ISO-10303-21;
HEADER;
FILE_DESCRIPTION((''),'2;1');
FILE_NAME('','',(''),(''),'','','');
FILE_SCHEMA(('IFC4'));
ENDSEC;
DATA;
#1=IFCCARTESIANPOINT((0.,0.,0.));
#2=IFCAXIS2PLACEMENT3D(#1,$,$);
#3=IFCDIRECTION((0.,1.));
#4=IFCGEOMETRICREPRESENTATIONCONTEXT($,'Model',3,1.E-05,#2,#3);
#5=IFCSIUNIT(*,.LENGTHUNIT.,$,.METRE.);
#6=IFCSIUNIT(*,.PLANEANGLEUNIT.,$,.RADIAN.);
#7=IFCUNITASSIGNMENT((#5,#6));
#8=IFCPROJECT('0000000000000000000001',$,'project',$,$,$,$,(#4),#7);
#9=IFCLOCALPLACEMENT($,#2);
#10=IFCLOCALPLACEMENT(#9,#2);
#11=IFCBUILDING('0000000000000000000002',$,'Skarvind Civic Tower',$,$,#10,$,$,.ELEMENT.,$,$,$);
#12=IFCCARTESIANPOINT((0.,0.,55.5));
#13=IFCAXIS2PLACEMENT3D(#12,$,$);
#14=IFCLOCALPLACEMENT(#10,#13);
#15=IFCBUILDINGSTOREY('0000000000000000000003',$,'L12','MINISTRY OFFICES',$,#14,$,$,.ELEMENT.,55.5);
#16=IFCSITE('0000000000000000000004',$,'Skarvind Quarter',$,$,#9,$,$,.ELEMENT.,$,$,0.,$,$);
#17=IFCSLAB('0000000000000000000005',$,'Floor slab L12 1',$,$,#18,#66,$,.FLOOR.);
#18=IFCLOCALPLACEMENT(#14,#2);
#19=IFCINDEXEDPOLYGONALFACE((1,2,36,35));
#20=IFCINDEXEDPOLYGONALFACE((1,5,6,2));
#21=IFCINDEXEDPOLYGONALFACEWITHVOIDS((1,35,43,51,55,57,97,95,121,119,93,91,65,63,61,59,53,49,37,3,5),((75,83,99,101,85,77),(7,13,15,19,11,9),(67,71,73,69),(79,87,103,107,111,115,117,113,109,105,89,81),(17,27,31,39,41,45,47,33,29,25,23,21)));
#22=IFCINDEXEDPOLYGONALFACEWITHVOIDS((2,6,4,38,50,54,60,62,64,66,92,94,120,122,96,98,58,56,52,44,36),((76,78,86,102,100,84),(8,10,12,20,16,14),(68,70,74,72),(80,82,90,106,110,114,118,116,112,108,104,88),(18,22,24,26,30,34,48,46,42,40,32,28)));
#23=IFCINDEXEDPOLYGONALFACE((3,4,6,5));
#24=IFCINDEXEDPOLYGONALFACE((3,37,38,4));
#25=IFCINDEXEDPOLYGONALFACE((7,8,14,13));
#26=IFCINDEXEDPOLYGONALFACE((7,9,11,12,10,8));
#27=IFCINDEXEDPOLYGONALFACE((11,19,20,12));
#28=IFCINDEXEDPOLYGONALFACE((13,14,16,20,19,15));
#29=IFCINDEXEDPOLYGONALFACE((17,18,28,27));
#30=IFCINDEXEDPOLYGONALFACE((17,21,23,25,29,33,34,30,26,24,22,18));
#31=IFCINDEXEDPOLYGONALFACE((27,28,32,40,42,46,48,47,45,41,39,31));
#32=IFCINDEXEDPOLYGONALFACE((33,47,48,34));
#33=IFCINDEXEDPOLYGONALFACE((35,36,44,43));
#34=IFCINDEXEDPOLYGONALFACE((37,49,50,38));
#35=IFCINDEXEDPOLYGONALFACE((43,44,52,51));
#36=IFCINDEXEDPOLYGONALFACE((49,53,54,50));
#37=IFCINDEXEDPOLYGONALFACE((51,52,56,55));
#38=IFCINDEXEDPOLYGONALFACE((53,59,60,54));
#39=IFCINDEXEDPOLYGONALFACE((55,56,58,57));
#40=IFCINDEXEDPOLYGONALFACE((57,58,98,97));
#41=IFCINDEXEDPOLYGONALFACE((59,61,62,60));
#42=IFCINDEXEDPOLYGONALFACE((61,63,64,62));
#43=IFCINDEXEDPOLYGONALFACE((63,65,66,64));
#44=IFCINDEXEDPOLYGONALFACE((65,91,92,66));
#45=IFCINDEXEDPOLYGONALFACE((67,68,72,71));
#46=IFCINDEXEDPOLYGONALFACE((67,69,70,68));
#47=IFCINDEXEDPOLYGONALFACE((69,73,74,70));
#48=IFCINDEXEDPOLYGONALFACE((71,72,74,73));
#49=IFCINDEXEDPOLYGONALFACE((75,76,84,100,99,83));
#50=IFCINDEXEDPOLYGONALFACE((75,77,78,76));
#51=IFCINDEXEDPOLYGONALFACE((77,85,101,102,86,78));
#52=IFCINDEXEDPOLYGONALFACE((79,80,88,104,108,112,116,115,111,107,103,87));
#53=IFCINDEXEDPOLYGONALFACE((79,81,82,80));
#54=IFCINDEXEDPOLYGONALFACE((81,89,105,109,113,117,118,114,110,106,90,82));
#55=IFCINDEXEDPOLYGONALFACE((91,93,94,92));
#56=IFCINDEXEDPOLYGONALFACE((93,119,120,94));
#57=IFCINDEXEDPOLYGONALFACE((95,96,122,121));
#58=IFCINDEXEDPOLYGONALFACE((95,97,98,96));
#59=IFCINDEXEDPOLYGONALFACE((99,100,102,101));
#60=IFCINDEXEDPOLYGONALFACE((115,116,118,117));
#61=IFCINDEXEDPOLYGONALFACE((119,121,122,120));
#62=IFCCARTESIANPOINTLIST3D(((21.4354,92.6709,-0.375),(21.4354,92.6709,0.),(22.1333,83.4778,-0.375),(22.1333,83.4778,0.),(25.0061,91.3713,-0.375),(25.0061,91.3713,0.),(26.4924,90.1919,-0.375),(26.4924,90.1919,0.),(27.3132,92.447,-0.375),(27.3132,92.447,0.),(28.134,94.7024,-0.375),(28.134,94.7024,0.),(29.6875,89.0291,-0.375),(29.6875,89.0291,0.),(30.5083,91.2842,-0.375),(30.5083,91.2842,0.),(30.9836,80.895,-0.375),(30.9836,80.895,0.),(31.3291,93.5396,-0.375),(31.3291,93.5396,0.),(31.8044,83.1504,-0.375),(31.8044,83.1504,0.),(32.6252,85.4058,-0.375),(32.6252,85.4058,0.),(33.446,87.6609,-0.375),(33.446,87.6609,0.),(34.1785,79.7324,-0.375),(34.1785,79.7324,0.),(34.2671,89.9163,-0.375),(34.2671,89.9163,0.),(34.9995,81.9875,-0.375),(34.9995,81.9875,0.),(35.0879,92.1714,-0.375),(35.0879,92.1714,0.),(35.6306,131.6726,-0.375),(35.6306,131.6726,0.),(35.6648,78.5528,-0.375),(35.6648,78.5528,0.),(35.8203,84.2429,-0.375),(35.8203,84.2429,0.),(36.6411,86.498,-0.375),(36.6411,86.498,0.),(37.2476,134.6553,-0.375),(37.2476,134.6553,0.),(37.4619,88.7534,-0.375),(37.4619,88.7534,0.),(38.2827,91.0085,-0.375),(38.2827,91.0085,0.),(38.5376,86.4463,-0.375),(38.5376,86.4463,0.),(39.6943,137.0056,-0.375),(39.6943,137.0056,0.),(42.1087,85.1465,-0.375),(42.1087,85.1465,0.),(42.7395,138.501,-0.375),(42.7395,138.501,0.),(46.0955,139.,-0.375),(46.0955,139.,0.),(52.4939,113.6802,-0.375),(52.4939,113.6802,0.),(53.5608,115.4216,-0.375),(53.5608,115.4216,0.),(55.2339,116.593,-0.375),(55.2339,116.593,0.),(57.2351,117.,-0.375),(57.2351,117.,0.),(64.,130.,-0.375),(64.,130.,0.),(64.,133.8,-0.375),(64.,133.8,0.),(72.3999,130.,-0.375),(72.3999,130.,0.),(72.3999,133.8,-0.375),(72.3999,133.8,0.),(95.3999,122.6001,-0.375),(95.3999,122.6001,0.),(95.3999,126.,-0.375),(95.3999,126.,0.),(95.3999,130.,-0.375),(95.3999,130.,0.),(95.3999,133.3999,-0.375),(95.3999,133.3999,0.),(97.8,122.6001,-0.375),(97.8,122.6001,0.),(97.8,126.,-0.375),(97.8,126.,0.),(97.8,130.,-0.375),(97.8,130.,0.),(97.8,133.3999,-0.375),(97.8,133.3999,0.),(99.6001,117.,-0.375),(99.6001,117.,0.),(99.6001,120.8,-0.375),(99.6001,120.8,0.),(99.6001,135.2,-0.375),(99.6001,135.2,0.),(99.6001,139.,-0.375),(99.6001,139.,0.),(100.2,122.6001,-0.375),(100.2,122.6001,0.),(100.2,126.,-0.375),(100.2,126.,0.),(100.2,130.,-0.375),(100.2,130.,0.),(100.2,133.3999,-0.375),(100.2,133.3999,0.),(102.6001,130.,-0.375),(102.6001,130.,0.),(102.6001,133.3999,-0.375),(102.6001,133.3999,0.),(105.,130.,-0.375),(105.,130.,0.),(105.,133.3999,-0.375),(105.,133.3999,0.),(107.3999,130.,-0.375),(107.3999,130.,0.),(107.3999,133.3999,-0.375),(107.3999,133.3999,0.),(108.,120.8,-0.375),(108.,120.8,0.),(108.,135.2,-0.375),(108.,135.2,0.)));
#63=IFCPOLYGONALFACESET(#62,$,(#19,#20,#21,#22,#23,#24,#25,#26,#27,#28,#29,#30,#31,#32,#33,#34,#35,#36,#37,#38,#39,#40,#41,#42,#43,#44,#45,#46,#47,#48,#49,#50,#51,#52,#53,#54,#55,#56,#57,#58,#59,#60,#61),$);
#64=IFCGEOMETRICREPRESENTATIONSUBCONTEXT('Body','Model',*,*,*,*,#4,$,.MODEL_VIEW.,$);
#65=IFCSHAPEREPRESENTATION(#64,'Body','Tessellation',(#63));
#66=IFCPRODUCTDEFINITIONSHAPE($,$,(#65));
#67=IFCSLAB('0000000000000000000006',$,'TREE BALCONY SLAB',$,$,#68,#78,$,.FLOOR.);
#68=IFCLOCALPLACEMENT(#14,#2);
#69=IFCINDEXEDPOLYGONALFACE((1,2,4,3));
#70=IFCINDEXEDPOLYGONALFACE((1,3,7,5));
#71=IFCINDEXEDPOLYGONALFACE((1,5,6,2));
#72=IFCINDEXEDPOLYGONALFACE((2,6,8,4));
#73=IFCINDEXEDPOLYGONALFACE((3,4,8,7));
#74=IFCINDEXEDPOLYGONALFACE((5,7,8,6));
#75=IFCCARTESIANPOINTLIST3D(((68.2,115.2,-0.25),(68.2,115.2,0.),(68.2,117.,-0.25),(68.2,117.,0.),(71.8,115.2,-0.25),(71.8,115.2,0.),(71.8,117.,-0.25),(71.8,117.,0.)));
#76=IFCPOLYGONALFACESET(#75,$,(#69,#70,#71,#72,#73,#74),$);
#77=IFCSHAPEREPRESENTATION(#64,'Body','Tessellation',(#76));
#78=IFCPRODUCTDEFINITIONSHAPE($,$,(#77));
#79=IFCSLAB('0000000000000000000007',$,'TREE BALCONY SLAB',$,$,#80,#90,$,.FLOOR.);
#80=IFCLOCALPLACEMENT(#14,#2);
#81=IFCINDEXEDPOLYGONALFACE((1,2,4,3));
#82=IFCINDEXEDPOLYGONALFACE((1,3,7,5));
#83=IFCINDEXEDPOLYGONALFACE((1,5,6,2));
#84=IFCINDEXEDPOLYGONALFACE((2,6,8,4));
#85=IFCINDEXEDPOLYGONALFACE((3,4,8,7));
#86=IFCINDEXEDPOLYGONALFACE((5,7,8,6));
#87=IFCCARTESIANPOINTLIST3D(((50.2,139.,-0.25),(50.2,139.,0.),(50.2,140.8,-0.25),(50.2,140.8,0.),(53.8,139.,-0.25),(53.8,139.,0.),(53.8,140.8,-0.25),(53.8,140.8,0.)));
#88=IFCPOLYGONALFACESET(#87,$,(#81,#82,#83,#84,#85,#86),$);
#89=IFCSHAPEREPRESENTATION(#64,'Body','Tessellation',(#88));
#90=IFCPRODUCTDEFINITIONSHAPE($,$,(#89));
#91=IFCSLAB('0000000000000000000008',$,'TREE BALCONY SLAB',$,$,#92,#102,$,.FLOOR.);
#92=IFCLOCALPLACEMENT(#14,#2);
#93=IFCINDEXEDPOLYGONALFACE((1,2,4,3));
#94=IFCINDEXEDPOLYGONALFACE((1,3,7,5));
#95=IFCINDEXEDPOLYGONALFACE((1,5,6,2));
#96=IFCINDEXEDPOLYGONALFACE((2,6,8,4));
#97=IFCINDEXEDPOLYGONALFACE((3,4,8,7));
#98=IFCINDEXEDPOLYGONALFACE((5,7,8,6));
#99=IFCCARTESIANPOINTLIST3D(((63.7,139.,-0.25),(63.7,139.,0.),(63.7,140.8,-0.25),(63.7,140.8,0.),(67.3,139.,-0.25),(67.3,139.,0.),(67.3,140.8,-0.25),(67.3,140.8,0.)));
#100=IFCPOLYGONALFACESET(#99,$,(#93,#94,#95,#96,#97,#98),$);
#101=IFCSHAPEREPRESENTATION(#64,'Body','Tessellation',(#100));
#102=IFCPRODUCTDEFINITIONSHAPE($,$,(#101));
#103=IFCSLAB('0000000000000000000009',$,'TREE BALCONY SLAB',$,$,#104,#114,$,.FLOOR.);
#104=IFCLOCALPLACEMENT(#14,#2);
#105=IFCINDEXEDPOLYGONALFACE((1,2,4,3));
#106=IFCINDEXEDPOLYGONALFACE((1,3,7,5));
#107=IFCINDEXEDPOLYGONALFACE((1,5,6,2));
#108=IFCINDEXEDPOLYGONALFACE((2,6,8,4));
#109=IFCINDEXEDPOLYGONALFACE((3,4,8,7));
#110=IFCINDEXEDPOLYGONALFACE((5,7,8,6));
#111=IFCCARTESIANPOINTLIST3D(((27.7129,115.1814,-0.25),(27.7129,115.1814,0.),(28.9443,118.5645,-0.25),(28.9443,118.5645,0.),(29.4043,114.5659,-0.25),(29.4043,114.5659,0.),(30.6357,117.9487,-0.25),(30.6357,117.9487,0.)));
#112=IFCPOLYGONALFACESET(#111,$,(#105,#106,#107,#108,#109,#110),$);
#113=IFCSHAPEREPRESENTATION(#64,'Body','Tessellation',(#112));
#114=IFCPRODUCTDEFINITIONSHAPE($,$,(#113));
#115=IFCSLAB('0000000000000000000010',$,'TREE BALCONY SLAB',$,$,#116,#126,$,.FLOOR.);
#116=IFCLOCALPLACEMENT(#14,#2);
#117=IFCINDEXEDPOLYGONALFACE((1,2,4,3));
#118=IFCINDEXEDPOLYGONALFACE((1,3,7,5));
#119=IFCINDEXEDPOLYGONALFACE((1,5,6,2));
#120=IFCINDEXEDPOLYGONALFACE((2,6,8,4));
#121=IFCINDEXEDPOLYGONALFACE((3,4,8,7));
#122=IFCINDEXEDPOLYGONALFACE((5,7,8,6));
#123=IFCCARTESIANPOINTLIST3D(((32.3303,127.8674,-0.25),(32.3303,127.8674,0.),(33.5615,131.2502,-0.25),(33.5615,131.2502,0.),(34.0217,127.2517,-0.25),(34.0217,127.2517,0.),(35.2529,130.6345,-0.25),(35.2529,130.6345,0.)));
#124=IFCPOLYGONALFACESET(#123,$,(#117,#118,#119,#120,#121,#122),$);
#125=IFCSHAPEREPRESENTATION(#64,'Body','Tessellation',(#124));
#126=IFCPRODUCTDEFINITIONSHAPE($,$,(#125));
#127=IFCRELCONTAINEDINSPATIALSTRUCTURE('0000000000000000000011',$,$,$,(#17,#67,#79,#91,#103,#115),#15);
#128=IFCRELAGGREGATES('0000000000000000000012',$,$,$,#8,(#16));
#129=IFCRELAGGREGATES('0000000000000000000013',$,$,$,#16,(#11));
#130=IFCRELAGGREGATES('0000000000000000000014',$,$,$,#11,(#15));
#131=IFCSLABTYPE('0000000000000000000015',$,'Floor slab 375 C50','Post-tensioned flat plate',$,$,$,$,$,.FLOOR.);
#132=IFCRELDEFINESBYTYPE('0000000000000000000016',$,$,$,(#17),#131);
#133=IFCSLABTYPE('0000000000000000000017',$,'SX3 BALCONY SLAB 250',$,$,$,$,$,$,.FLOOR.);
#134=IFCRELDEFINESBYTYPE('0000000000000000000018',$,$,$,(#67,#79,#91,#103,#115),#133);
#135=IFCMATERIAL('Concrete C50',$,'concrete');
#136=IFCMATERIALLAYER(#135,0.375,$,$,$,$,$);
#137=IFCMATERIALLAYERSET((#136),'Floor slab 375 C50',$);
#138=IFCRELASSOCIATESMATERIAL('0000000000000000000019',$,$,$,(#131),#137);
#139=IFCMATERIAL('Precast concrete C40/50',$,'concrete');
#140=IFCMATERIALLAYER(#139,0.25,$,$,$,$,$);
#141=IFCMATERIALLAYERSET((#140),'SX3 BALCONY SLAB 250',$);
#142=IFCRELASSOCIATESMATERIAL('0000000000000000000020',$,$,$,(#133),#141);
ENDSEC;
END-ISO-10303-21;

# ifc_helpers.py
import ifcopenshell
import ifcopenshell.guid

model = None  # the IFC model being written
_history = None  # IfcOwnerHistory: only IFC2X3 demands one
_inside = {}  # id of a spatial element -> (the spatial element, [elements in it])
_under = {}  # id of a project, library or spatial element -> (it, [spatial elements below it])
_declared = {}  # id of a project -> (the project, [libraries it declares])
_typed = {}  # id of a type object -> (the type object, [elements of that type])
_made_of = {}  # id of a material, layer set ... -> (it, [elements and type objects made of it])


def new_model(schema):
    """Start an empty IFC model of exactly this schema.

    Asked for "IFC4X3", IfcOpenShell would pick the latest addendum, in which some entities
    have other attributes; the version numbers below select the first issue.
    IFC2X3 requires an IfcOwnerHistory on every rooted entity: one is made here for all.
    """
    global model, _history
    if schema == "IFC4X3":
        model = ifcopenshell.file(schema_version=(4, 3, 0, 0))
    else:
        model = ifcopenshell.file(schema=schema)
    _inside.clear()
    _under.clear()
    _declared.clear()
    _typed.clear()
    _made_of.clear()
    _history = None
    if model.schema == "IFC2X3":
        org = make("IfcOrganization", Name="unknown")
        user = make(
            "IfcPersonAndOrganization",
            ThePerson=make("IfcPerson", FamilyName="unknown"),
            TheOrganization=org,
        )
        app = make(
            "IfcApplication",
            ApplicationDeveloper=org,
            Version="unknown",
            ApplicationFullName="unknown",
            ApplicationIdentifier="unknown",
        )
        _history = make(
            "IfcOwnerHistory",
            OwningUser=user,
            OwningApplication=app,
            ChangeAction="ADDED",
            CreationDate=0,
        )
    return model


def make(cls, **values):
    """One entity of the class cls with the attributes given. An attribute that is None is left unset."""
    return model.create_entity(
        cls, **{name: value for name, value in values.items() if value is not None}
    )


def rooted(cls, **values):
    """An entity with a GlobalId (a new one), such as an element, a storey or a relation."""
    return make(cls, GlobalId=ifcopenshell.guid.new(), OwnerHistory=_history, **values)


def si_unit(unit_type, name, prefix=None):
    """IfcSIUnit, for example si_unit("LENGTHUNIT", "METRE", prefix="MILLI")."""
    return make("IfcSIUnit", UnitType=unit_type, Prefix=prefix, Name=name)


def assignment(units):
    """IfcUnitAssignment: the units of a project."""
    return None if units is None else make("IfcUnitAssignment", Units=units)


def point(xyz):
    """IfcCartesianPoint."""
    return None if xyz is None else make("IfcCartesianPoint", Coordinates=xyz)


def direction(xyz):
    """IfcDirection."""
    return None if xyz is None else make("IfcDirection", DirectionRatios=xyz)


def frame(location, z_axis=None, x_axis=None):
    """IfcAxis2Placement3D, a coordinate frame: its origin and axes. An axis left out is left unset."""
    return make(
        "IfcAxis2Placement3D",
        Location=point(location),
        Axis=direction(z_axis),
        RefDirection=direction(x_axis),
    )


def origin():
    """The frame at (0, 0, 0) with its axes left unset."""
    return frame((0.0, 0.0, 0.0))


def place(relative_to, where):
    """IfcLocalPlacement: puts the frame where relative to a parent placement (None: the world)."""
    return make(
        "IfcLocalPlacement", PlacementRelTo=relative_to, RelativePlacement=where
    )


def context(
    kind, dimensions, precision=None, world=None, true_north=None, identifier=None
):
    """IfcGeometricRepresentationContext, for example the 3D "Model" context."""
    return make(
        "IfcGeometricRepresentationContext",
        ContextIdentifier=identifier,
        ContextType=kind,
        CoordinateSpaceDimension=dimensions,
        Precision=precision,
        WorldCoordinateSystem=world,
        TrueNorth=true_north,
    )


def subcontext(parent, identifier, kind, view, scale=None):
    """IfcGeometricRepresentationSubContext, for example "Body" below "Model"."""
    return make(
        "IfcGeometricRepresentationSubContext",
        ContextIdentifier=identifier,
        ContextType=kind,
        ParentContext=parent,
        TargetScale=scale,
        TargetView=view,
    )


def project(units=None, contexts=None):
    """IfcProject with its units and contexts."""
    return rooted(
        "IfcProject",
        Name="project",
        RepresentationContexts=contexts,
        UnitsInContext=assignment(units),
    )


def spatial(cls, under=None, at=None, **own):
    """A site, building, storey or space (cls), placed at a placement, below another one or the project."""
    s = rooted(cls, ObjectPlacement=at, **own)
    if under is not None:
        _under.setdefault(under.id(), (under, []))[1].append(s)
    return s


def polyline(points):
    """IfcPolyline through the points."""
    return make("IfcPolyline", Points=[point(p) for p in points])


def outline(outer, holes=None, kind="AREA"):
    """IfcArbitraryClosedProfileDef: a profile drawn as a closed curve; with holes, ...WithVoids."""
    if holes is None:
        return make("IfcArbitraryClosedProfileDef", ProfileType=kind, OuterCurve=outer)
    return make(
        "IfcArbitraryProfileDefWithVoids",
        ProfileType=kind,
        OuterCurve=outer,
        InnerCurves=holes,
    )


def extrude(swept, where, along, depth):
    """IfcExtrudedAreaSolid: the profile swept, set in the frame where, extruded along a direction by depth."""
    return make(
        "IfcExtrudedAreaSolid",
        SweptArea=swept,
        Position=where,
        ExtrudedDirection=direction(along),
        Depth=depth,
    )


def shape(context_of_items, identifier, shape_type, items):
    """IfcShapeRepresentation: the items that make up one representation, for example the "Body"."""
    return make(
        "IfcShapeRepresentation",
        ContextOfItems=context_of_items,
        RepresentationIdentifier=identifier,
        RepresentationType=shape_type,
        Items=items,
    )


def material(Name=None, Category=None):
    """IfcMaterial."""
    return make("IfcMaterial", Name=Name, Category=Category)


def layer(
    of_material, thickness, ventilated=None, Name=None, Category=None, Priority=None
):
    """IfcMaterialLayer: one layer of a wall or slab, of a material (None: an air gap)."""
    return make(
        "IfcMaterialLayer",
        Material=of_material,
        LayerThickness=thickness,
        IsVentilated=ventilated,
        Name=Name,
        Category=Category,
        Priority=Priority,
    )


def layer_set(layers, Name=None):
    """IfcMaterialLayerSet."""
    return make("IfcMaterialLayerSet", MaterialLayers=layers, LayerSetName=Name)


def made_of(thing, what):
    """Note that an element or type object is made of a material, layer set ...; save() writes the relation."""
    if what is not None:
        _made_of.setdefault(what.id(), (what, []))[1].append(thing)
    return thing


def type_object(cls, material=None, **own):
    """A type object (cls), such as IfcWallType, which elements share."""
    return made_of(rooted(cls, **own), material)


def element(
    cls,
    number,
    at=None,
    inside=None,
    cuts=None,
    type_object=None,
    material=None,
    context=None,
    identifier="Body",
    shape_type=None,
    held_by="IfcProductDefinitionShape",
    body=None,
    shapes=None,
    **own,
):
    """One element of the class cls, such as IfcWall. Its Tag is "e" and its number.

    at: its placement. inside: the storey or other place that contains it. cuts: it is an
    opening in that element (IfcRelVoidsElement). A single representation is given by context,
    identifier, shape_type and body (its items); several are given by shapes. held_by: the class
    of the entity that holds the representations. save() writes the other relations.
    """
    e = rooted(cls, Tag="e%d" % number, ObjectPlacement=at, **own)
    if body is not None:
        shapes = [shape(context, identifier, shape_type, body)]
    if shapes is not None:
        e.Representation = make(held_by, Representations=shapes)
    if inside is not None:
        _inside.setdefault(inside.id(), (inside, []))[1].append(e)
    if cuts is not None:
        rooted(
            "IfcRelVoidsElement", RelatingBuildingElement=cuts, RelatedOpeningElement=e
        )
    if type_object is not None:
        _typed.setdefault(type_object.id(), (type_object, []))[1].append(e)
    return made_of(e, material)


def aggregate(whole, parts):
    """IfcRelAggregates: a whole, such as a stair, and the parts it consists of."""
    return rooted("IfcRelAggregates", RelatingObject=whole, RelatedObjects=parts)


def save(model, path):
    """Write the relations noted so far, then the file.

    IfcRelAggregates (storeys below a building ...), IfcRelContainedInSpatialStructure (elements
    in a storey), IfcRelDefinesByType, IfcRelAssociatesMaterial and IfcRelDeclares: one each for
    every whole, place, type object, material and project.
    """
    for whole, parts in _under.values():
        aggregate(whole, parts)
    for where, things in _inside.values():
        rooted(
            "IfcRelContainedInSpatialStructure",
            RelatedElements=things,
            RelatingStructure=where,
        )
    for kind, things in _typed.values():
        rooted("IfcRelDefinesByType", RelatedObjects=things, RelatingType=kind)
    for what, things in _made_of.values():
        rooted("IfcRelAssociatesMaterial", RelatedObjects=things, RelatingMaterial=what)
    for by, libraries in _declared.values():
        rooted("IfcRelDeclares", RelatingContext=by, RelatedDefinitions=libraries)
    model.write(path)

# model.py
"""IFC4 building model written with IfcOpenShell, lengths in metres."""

from ifc_helpers import new_model, si_unit, direction, frame, origin, place, context, subcontext, project, spatial, polyline, outline, extrude, material, layer, layer_set, type_object, element, save


model = new_model("IFC4")

# Units and contexts
model_context = context("Model", 3, precision=1e-05, world=origin(), true_north=direction((0.0, 1.0)))
body_context = subcontext(model_context, "Body", "Model", "MODEL_VIEW")
ifc_project = project(units=[si_unit("LENGTHUNIT", "METRE"), si_unit("PLANEANGLEUNIT", "RADIAN")], contexts=[model_context])

# Site, building, storey
site_placement = place(None, origin())
site = spatial("IfcSite", under=ifc_project, at=site_placement, Name="Skarvind Quarter", CompositionType="ELEMENT", RefElevation=0.0)
building_placement = place(site_placement, origin())
building = spatial("IfcBuilding", under=site, at=building_placement, Name="Skarvind Civic Tower", CompositionType="ELEMENT")
storey_placement = place(building_placement, frame((0.0, 0.0, 55.5)))
storey = spatial("IfcBuildingStorey", under=building, at=storey_placement, Name="L12", Description="MINISTRY OFFICES", CompositionType="ELEMENT", Elevation=55.5)

# Slabs
ifc_material_1 = material(Name="Concrete C50", Category="concrete")
ifc_layer_1 = layer(ifc_material_1, 0.375)
ifc_layer_set_1 = layer_set([ifc_layer_1], Name="Floor slab 375 C50")
slab_type_1 = type_object("IfcSlabType", Name="Floor slab 375 C50", Description="Post-tensioned flat plate", PredefinedType="FLOOR", material=ifc_layer_set_1)
slab_1_placement = place(storey_placement, frame((0.0, 0.0, -0.375)))
element("IfcSlab", 1, at=slab_1_placement, inside=storey, type_object=slab_type_1, Name="Floor slab L12 1", PredefinedType="FLOOR", context=body_context, shape_type="SweptSolid", body=[
    extrude(outline(polyline([(99.6001, 117.0), (99.6001, 120.8), (108.0, 120.8), (108.0, 135.2), (99.6001, 135.2), (99.6001, 139.0), (46.0955, 139.0), (42.7395, 138.501), (39.6943, 137.0056), (37.2476, 134.6553), (35.6306, 131.6726), (19.4175, 87.1267), (21.4353, 92.6709), (25.0061, 91.3713), (22.1333, 83.4778), (36.8865, 78.1082), (35.6648, 78.5527), (38.5376, 86.4463), (42.1086, 85.1465), (40.0908, 79.6023), (40.0908, 79.6023), (52.4939, 113.6802), (53.5608, 115.4216), (55.2339, 116.593), (57.2351, 117.0), (99.6001, 117.0)]), holes=[polyline([(32.6252, 85.4058), (33.446, 87.6609), (34.2671, 89.9163), (35.0879, 92.1714), (38.2827, 91.0085), (37.4619, 88.7534), (36.6411, 86.498), (35.8203, 84.2429), (35.8203, 84.2429), (34.9995, 81.9875), (34.1785, 79.7324), (30.9836, 80.895), (31.8044, 83.1504), (32.6252, 85.4058), (32.6252, 85.4058)]), polyline([(31.3291, 93.5396), (30.5083, 91.2842), (29.6875, 89.0291), (26.4924, 90.1919), (27.3132, 92.447), (28.134, 94.7024), (31.3291, 93.5396)]), polyline([(64.0, 130.0), (64.0, 133.8), (72.3999, 133.8), (72.3999, 130.0), (64.0, 130.0)]), polyline([(100.2, 126.0), (100.2, 122.6001), (97.8, 122.6001), (95.3999, 122.6001), (95.3999, 126.0), (97.8, 126.0), (100.2, 126.0)]), polyline([(100.2, 133.3999), (102.6001, 133.3999), (105.0, 133.3999), (107.3999, 133.3999), (107.3999, 130.0), (105.0, 130.0), (102.6001, 130.0), (100.2, 130.0), (97.8, 130.0), (95.3999, 130.0), (95.3999, 133.3999), (97.8, 133.3999), (100.2, 133.3999)])]), origin(), (0.0, 0.0, 1.0), 0.375),
])
ifc_material_2 = material(Name="Precast concrete C40/50", Category="concrete")
ifc_layer_2 = layer(ifc_material_2, 0.25)
ifc_layer_set_2 = layer_set([ifc_layer_2], Name="SX3 BALCONY SLAB 250")
slab_type_2 = type_object("IfcSlabType", Name="SX3 BALCONY SLAB 250", PredefinedType="FLOOR", material=ifc_layer_set_2)
slab_2_placement = place(storey_placement, frame((0.0, 0.0, -0.25)))
element("IfcSlab", 2, at=slab_2_placement, inside=storey, type_object=slab_type_2, Name="TREE BALCONY SLAB", PredefinedType="FLOOR", context=body_context, shape_type="SweptSolid", body=[
    extrude(outline(polyline([(71.8, 117.0), (68.2, 117.0), (68.2, 115.2), (71.8, 115.2), (71.8, 117.0)])), origin(), (0.0, 0.0, 1.0), 0.25),
])
slab_3_placement = place(storey_placement, frame((0.0, 0.0, -0.25)))
element("IfcSlab", 3, at=slab_3_placement, inside=storey, type_object=slab_type_2, Name="TREE BALCONY SLAB", PredefinedType="FLOOR", context=body_context, shape_type="SweptSolid", body=[
    extrude(outline(polyline([(50.2, 139.0), (53.8, 139.0), (53.8, 140.8), (50.2, 140.8), (50.2, 139.0)])), origin(), (0.0, 0.0, 1.0), 0.25),
])
slab_4_placement = place(storey_placement, frame((0.0, 0.0, -0.25)))
element("IfcSlab", 4, at=slab_4_placement, inside=storey, type_object=slab_type_2, Name="TREE BALCONY SLAB", PredefinedType="FLOOR", context=body_context, shape_type="SweptSolid", body=[
    extrude(outline(polyline([(63.7, 139.0), (67.3, 139.0), (67.3, 140.8), (63.7, 140.8), (63.7, 139.0)])), origin(), (0.0, 0.0, 1.0), 0.25),
])
slab_5_placement = place(storey_placement, frame((0.0, 0.0, -0.25)))
element("IfcSlab", 5, at=slab_5_placement, inside=storey, type_object=slab_type_2, Name="TREE BALCONY SLAB", PredefinedType="FLOOR", context=body_context, shape_type="SweptSolid", body=[
    extrude(outline(polyline([(29.4043, 114.5659), (30.6357, 117.9487), (28.9443, 118.5645), (27.7129, 115.1814), (29.4043, 114.5659)])), origin(), (0.0, 0.0, 1.0), 0.25),
])
slab_6_placement = place(storey_placement, frame((0.0, 0.0, -0.25)))
element("IfcSlab", 6, at=slab_6_placement, inside=storey, type_object=slab_type_2, Name="TREE BALCONY SLAB", PredefinedType="FLOOR", context=body_context, shape_type="SweptSolid", body=[
    extrude(outline(polyline([(34.0217, 127.2517), (35.2529, 130.6345), (33.5615, 131.2502), (32.3303, 127.8674), (34.0217, 127.2517)])), origin(), (0.0, 0.0, 1.0), 0.25),
])

save(model, "model.ifc")
